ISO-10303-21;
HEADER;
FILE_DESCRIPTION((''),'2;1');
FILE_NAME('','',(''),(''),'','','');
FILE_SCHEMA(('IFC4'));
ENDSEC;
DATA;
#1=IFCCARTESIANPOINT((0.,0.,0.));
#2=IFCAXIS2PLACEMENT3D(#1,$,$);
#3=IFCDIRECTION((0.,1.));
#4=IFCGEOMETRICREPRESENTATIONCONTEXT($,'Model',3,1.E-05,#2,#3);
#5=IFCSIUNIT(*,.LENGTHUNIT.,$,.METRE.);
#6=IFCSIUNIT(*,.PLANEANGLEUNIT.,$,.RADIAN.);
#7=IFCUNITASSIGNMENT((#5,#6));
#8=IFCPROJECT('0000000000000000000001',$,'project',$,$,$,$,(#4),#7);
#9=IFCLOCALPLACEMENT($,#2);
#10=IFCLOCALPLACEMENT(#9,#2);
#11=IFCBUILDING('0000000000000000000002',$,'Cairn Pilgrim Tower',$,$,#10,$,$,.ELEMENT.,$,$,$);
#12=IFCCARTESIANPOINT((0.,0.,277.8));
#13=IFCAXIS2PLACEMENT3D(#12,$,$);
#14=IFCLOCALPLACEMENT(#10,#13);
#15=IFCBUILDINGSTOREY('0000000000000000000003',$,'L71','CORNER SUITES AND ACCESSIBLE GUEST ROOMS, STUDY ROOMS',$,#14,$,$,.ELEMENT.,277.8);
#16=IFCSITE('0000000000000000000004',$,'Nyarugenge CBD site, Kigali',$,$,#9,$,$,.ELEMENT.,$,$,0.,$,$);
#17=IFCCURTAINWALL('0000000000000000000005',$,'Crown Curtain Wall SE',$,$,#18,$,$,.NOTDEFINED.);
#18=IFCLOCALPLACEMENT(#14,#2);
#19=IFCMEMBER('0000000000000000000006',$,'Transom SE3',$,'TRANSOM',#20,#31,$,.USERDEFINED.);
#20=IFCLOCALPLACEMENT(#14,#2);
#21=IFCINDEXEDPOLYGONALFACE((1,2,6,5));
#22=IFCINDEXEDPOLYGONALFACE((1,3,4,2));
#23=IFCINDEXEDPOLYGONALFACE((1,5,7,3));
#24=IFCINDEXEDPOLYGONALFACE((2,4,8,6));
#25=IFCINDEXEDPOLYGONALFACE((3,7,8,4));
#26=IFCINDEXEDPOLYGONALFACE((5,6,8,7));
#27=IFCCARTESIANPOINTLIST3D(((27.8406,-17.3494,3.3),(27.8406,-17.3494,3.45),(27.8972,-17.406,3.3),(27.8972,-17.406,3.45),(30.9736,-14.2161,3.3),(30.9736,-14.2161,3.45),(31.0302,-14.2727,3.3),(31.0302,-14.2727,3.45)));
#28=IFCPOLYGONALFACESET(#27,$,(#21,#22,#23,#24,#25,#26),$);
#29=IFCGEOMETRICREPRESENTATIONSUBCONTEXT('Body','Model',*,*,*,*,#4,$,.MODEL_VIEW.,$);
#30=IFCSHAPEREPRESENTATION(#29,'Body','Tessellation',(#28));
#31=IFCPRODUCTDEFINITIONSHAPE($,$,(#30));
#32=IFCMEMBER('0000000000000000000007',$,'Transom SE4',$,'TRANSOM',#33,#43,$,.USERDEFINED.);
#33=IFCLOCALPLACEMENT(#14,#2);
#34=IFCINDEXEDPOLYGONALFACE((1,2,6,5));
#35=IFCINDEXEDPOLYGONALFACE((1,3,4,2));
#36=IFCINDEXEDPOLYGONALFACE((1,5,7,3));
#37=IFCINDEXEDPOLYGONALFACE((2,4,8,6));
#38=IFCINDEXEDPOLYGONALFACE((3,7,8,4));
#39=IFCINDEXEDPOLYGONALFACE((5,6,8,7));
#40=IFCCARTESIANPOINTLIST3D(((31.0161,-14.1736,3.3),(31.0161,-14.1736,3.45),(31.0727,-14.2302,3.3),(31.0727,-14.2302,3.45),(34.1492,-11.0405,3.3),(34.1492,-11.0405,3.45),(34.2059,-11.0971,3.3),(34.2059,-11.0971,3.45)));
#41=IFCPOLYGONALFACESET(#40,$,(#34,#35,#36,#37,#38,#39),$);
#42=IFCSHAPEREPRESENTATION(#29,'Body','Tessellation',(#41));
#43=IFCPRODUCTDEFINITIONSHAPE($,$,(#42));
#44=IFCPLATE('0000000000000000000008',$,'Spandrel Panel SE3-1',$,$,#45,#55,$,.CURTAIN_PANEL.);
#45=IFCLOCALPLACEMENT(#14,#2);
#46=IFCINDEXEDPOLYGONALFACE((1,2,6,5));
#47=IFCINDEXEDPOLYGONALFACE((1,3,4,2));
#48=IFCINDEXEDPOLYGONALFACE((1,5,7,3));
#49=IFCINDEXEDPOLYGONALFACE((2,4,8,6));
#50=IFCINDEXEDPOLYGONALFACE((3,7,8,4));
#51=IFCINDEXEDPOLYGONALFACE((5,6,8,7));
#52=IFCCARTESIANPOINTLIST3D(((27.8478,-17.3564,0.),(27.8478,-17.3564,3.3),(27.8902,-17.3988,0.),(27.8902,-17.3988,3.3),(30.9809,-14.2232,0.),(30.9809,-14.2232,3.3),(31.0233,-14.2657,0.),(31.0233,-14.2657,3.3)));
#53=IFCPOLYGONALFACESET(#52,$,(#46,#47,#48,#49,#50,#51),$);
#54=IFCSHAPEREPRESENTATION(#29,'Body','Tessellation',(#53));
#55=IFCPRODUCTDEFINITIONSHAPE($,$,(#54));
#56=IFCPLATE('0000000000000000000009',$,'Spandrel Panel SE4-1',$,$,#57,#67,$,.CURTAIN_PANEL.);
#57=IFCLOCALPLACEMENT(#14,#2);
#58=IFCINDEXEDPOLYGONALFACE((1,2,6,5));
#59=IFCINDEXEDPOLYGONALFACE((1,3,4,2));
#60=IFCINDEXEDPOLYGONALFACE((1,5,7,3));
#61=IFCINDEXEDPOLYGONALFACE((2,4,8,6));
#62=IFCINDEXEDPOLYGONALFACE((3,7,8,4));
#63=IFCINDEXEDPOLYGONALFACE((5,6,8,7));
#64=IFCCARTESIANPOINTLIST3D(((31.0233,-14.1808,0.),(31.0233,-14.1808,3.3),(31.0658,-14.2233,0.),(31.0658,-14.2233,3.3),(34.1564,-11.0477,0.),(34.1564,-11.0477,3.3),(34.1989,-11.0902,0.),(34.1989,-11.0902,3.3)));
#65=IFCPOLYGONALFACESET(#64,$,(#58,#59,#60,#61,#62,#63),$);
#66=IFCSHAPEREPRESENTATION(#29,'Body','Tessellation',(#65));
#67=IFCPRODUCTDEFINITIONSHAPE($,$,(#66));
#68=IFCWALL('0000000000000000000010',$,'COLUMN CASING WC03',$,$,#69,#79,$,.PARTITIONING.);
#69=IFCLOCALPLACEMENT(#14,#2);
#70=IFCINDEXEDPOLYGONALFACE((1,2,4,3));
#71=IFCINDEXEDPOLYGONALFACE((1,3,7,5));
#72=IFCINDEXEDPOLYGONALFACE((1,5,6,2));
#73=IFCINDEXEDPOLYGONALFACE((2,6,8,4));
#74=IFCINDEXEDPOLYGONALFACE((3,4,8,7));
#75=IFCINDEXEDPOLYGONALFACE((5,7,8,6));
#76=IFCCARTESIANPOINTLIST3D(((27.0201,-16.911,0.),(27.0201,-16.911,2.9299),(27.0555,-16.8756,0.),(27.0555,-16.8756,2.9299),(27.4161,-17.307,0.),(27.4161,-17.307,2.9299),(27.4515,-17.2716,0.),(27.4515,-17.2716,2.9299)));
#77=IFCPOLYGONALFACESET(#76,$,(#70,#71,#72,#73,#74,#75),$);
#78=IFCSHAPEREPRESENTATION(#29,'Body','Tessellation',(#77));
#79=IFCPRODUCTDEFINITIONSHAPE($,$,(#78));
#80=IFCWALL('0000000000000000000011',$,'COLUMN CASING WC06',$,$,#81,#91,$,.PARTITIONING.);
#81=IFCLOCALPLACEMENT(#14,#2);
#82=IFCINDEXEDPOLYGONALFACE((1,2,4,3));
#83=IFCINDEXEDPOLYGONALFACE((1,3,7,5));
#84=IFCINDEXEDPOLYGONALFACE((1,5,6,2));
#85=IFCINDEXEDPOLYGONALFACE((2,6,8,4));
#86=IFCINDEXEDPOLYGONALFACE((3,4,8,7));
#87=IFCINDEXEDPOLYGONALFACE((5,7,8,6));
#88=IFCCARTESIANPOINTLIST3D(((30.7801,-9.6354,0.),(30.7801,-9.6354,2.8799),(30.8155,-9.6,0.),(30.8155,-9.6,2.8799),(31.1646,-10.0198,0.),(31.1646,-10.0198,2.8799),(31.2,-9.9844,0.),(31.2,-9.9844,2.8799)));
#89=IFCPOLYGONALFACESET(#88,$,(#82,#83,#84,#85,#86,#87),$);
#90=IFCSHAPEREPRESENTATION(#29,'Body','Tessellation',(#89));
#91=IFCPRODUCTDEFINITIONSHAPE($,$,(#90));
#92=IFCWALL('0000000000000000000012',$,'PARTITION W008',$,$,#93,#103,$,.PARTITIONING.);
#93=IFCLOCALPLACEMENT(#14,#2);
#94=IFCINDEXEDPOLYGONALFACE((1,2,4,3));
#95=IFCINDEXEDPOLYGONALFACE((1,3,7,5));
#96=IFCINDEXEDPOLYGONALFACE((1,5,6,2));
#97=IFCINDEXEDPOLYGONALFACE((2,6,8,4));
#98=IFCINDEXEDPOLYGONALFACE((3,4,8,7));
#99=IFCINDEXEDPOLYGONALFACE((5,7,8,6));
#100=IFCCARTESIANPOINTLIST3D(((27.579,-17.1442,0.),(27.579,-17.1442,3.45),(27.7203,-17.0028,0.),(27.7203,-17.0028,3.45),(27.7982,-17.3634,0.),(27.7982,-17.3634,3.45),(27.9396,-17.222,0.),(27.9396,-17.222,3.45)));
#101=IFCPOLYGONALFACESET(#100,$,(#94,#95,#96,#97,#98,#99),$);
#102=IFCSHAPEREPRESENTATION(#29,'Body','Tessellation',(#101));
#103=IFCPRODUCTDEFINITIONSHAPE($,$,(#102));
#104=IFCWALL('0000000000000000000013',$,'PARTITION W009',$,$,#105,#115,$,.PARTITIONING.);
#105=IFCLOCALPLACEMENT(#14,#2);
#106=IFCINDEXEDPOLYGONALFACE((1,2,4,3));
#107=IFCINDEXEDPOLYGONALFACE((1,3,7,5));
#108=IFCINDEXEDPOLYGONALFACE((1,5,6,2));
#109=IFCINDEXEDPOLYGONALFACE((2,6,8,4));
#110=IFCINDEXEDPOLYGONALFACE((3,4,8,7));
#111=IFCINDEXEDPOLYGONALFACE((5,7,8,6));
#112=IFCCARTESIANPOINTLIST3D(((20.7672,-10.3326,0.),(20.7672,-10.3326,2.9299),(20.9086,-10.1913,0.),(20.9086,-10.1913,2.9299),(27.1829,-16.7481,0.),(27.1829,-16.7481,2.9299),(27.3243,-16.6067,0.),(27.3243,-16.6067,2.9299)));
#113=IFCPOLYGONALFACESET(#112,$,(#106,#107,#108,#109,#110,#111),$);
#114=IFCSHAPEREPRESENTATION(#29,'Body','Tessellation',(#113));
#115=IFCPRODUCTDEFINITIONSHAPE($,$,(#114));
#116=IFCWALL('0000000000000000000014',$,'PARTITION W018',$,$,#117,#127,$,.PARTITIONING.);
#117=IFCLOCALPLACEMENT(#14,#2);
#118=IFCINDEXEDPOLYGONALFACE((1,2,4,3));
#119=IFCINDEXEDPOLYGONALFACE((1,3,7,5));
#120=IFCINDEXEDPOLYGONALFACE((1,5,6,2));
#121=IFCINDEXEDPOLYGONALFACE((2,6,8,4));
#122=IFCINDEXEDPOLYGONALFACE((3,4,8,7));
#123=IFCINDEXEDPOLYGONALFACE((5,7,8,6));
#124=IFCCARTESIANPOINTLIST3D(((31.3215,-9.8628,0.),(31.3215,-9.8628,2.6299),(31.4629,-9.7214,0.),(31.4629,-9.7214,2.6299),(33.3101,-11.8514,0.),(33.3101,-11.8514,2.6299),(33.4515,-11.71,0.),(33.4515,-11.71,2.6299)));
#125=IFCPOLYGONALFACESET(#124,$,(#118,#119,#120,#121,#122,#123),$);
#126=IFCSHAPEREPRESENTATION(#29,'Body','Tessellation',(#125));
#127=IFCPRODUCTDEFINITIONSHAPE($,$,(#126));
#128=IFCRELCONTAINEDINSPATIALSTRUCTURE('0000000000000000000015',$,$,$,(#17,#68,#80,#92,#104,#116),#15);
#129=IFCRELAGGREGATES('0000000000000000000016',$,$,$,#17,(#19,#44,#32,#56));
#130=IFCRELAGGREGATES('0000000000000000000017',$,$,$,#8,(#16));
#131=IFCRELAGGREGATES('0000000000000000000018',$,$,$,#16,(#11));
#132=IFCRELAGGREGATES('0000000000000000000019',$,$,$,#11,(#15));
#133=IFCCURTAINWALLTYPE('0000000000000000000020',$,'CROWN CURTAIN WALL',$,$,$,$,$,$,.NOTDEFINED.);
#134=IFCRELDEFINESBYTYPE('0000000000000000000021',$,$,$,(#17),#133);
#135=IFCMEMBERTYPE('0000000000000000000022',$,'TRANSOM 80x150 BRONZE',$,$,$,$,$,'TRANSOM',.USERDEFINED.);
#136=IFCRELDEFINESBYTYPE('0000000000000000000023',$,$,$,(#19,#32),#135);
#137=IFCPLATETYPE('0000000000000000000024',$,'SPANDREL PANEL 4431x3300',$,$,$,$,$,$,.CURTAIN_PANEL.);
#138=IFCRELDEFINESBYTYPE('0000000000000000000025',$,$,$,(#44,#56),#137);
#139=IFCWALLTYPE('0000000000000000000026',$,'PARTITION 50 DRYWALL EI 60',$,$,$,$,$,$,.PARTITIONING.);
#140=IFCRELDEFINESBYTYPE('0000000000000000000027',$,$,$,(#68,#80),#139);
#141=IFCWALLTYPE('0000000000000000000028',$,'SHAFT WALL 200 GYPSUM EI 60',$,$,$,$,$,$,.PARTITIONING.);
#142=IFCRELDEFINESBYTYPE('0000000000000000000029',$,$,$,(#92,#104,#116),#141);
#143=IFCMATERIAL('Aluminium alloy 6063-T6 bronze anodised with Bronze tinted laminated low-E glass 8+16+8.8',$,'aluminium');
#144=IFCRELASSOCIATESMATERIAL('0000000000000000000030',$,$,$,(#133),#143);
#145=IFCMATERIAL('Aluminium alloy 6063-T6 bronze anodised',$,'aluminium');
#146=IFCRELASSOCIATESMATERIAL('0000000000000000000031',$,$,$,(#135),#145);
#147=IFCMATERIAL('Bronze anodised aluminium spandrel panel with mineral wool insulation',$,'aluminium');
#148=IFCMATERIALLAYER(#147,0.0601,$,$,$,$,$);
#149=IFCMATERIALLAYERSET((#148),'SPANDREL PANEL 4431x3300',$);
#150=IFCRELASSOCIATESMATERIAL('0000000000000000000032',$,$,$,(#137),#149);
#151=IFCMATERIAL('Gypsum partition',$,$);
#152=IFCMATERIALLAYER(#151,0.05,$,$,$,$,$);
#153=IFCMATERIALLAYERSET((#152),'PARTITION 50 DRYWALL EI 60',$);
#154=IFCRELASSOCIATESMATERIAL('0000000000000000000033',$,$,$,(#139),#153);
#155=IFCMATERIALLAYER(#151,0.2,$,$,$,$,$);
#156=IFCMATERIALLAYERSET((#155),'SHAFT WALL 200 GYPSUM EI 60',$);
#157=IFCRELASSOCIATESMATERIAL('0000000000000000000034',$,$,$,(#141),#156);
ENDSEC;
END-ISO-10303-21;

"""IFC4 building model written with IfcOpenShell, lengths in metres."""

from ifc_helpers import new_model, si_unit, direction, frame, frame_2d, origin, origin_2d, place, context, subcontext, project, spatial, rectangle, extrude, material, layer, layer_set, material_profile, profile_set, type_object, element, aggregate, save


model = new_model("IFC4")

# Units and contexts
model_context = context("Model", 3, precision=1e-05, world=origin(), true_north=direction((0.0, 1.0)))
body_context = subcontext(model_context, "Body", "Model", "MODEL_VIEW")
ifc_project = project(units=[si_unit("LENGTHUNIT", "METRE"), si_unit("PLANEANGLEUNIT", "RADIAN")], contexts=[model_context])

# Site, building, storey
site_placement = place(None, origin())
site = spatial("IfcSite", under=ifc_project, at=site_placement, Name="Nyarugenge CBD site, Kigali", CompositionType="ELEMENT", RefElevation=0.0)
building_placement = place(site_placement, origin())
building = spatial("IfcBuilding", under=site, at=building_placement, Name="Cairn Pilgrim Tower", CompositionType="ELEMENT")
storey_placement = place(building_placement, frame((0.0, 0.0, 277.8)))
storey = spatial("IfcBuildingStorey", under=building, at=storey_placement, Name="L71", Description="CORNER SUITES AND ACCESSIBLE GUEST ROOMS, STUDY ROOMS", CompositionType="ELEMENT", Elevation=277.8)

# Curtain wall
ifc_material_1 = material(Name="Aluminium alloy 6063-T6 bronze anodised with Bronze tinted laminated low-E glass 8+16+8.8", Category="aluminium")
curtain_wall_type = type_object("IfcCurtainWallType", Name="CROWN CURTAIN WALL", PredefinedType="NOTDEFINED", material=ifc_material_1)
curtain_wall_placement = place(storey_placement, origin())
curtain_wall = element("IfcCurtainWall", 1, at=curtain_wall_placement, inside=storey, type_object=curtain_wall_type, Name="Crown Curtain Wall SE", PredefinedType="NOTDEFINED")
ifc_material_2 = material(Name="Aluminium alloy 6063-T6 bronze anodised", Category="aluminium")

# Members
ifc_material_profile_1 = material_profile(ifc_material_2, rectangle(XDim=0.0801, YDim=0.1499, at=origin_2d()), Name="TRANSOM 80x150 BRONZE")
ifc_profile_set_1 = profile_set([ifc_material_profile_1], Name="Aluminium alloy 6063-T6 bronze anodised")
member_type_1 = type_object("IfcMemberType", Name="TRANSOM 80x150 BRONZE", ElementType="TRANSOM", PredefinedType="USERDEFINED", material=ifc_profile_set_1)
member_1_placement = place(storey_placement, frame((27.8689, -17.3777, 3.375), z_axis=(0.707079, 0.707134, 0.0), x_axis=(-0.707134, 0.707079, 0.0)))
member_1 = element("IfcMember", 2, at=member_1_placement, type_object=member_type_1, Name="Transom SE3", ObjectType="TRANSOM", PredefinedType="USERDEFINED", context=body_context, shape_type="SweptSolid", body=[
    extrude(rectangle(XDim=0.0801, YDim=0.1499, at=origin_2d()), origin(), (0.0, 0.0, 1.0), 4.4309),
])
member_2_placement = place(storey_placement, frame((31.0444, -14.2019, 3.375), z_axis=(0.707107, 0.707107, 0.0), x_axis=(-0.707107, 0.707107, 0.0)))
member_2 = element("IfcMember", 3, at=member_2_placement, type_object=member_type_1, Name="Transom SE4", ObjectType="TRANSOM", PredefinedType="USERDEFINED", context=body_context, shape_type="SweptSolid", body=[
    extrude(rectangle(XDim=0.0801, YDim=0.1499, at=origin_2d()), origin(), (0.0, 0.0, 1.0), 4.4309),
])

# Plates
ifc_material_3 = material(Name="Bronze anodised aluminium spandrel panel with mineral wool insulation", Category="aluminium")
ifc_layer_1 = layer(ifc_material_3, 0.0601)
ifc_layer_set_1 = layer_set([ifc_layer_1], Name="SPANDREL PANEL 4431x3300")
plate_type = type_object("IfcPlateType", Name="SPANDREL PANEL 4431x3300", PredefinedType="CURTAIN_PANEL", material=ifc_layer_set_1)
plate_1_placement = place(storey_placement, frame((29.4355, -15.811, 0.0), z_axis=(0.0, 0.0, 1.0), x_axis=(0.707107, 0.707107, 0.0)))
plate_1 = element("IfcPlate", 4, at=plate_1_placement, type_object=plate_type, Name="Spandrel Panel SE3-1", PredefinedType="CURTAIN_PANEL", context=body_context, shape_type="SweptSolid", body=[
    extrude(rectangle(XDim=4.4309, YDim=0.0601, at=origin_2d()), origin(), (0.0, 0.0, 1.0), 3.3),
])
plate_2_placement = place(storey_placement, frame((32.6111, -12.6355, 0.0), z_axis=(0.0, 0.0, 1.0), x_axis=(0.707107, 0.707107, 0.0)))
plate_2 = element("IfcPlate", 5, at=plate_2_placement, type_object=plate_type, Name="Spandrel Panel SE4-1", PredefinedType="CURTAIN_PANEL", context=body_context, shape_type="SweptSolid", body=[
    extrude(rectangle(XDim=4.4309, YDim=0.0601, at=origin_2d()), origin(), (0.0, 0.0, 1.0), 3.3),
])
aggregate(curtain_wall, [member_1, plate_1, member_2, plate_2])

# Walls
ifc_material_4 = material(Name="Gypsum partition")
ifc_layer_2 = layer(ifc_material_4, 0.05)
ifc_layer_set_2 = layer_set([ifc_layer_2], Name="PARTITION 50 DRYWALL EI 60")
wall_type_1 = type_object("IfcWallType", Name="PARTITION 50 DRYWALL EI 60", PredefinedType="PARTITIONING", material=ifc_layer_set_2)
wall_1_placement = place(storey_placement, frame((27.4338, -17.2893, 0.0), z_axis=(0.0, 0.0, 1.0), x_axis=(-0.707107, 0.707107, 0.0)))
element("IfcWall", 6, at=wall_1_placement, inside=storey, type_object=wall_type_1, Name="COLUMN CASING WC03", PredefinedType="PARTITIONING", context=body_context, shape_type="SweptSolid", body=[
    extrude(rectangle(XDim=0.5601, YDim=0.05, at=frame_2d((0.28, 0.0))), origin(), (0.0, 0.0, 1.0), 2.9299),
])
wall_2_placement = place(storey_placement, frame((31.1824, -10.0022, 0.0), z_axis=(0.0, 0.0, 1.0), x_axis=(-0.707107, 0.707107, 0.0)))
element("IfcWall", 7, at=wall_2_placement, inside=storey, type_object=wall_type_1, Name="COLUMN CASING WC06", PredefinedType="PARTITIONING", context=body_context, shape_type="SweptSolid", body=[
    extrude(rectangle(XDim=0.5437, YDim=0.05, at=frame_2d((0.272, 0.0))), origin(), (0.0, 0.0, 1.0), 2.8799),
])
ifc_layer_3 = layer(ifc_material_4, 0.2)
ifc_layer_set_3 = layer_set([ifc_layer_3], Name="SHAFT WALL 200 GYPSUM EI 60")
wall_type_2 = type_object("IfcWallType", Name="SHAFT WALL 200 GYPSUM EI 60", PredefinedType="PARTITIONING", material=ifc_layer_set_3)
wall_3_placement = place(storey_placement, frame((27.8689, -17.2927, 0.0), z_axis=(0.0, 0.0, 1.0), x_axis=(-0.707107, 0.707107, 0.0)))
element("IfcWall", 8, at=wall_3_placement, inside=storey, type_object=wall_type_2, Name="PARTITION W008", PredefinedType="PARTITIONING", context=body_context, shape_type="SweptSolid", body=[
    extrude(rectangle(XDim=0.3101, YDim=0.2, at=frame_2d((0.155, 0.0))), origin(), (0.0, 0.0, 1.0), 3.45),
])
wall_4_placement = place(storey_placement, frame((27.2537, -16.6775, 0.0), z_axis=(0.0, 0.0, 1.0), x_axis=(-0.70712, 0.707093, 0.0)))
element("IfcWall", 9, at=wall_4_placement, inside=storey, type_object=wall_type_2, Name="PARTITION W009", PredefinedType="PARTITIONING", context=body_context, shape_type="SweptSolid", body=[
    extrude(rectangle(XDim=9.073, YDim=0.2, at=frame_2d((4.5366, 0.0))), origin(), (0.0, 0.0, 1.0), 2.9299),
])
wall_5_placement = place(storey_placement, frame((33.3809, -11.7808, 0.0), z_axis=(0.0, 0.0, 1.0), x_axis=(-0.707107, 0.707107, 0.0)))
element("IfcWall", 10, at=wall_5_placement, inside=storey, type_object=wall_type_2, Name="PARTITION W018", PredefinedType="PARTITIONING", context=body_context, shape_type="SweptSolid", body=[
    extrude(rectangle(XDim=2.8123, YDim=0.2, at=frame_2d((1.4062, 0.0))), origin(), (0.0, 0.0, 1.0), 2.6299),
])

save(model, "model.ifc")
